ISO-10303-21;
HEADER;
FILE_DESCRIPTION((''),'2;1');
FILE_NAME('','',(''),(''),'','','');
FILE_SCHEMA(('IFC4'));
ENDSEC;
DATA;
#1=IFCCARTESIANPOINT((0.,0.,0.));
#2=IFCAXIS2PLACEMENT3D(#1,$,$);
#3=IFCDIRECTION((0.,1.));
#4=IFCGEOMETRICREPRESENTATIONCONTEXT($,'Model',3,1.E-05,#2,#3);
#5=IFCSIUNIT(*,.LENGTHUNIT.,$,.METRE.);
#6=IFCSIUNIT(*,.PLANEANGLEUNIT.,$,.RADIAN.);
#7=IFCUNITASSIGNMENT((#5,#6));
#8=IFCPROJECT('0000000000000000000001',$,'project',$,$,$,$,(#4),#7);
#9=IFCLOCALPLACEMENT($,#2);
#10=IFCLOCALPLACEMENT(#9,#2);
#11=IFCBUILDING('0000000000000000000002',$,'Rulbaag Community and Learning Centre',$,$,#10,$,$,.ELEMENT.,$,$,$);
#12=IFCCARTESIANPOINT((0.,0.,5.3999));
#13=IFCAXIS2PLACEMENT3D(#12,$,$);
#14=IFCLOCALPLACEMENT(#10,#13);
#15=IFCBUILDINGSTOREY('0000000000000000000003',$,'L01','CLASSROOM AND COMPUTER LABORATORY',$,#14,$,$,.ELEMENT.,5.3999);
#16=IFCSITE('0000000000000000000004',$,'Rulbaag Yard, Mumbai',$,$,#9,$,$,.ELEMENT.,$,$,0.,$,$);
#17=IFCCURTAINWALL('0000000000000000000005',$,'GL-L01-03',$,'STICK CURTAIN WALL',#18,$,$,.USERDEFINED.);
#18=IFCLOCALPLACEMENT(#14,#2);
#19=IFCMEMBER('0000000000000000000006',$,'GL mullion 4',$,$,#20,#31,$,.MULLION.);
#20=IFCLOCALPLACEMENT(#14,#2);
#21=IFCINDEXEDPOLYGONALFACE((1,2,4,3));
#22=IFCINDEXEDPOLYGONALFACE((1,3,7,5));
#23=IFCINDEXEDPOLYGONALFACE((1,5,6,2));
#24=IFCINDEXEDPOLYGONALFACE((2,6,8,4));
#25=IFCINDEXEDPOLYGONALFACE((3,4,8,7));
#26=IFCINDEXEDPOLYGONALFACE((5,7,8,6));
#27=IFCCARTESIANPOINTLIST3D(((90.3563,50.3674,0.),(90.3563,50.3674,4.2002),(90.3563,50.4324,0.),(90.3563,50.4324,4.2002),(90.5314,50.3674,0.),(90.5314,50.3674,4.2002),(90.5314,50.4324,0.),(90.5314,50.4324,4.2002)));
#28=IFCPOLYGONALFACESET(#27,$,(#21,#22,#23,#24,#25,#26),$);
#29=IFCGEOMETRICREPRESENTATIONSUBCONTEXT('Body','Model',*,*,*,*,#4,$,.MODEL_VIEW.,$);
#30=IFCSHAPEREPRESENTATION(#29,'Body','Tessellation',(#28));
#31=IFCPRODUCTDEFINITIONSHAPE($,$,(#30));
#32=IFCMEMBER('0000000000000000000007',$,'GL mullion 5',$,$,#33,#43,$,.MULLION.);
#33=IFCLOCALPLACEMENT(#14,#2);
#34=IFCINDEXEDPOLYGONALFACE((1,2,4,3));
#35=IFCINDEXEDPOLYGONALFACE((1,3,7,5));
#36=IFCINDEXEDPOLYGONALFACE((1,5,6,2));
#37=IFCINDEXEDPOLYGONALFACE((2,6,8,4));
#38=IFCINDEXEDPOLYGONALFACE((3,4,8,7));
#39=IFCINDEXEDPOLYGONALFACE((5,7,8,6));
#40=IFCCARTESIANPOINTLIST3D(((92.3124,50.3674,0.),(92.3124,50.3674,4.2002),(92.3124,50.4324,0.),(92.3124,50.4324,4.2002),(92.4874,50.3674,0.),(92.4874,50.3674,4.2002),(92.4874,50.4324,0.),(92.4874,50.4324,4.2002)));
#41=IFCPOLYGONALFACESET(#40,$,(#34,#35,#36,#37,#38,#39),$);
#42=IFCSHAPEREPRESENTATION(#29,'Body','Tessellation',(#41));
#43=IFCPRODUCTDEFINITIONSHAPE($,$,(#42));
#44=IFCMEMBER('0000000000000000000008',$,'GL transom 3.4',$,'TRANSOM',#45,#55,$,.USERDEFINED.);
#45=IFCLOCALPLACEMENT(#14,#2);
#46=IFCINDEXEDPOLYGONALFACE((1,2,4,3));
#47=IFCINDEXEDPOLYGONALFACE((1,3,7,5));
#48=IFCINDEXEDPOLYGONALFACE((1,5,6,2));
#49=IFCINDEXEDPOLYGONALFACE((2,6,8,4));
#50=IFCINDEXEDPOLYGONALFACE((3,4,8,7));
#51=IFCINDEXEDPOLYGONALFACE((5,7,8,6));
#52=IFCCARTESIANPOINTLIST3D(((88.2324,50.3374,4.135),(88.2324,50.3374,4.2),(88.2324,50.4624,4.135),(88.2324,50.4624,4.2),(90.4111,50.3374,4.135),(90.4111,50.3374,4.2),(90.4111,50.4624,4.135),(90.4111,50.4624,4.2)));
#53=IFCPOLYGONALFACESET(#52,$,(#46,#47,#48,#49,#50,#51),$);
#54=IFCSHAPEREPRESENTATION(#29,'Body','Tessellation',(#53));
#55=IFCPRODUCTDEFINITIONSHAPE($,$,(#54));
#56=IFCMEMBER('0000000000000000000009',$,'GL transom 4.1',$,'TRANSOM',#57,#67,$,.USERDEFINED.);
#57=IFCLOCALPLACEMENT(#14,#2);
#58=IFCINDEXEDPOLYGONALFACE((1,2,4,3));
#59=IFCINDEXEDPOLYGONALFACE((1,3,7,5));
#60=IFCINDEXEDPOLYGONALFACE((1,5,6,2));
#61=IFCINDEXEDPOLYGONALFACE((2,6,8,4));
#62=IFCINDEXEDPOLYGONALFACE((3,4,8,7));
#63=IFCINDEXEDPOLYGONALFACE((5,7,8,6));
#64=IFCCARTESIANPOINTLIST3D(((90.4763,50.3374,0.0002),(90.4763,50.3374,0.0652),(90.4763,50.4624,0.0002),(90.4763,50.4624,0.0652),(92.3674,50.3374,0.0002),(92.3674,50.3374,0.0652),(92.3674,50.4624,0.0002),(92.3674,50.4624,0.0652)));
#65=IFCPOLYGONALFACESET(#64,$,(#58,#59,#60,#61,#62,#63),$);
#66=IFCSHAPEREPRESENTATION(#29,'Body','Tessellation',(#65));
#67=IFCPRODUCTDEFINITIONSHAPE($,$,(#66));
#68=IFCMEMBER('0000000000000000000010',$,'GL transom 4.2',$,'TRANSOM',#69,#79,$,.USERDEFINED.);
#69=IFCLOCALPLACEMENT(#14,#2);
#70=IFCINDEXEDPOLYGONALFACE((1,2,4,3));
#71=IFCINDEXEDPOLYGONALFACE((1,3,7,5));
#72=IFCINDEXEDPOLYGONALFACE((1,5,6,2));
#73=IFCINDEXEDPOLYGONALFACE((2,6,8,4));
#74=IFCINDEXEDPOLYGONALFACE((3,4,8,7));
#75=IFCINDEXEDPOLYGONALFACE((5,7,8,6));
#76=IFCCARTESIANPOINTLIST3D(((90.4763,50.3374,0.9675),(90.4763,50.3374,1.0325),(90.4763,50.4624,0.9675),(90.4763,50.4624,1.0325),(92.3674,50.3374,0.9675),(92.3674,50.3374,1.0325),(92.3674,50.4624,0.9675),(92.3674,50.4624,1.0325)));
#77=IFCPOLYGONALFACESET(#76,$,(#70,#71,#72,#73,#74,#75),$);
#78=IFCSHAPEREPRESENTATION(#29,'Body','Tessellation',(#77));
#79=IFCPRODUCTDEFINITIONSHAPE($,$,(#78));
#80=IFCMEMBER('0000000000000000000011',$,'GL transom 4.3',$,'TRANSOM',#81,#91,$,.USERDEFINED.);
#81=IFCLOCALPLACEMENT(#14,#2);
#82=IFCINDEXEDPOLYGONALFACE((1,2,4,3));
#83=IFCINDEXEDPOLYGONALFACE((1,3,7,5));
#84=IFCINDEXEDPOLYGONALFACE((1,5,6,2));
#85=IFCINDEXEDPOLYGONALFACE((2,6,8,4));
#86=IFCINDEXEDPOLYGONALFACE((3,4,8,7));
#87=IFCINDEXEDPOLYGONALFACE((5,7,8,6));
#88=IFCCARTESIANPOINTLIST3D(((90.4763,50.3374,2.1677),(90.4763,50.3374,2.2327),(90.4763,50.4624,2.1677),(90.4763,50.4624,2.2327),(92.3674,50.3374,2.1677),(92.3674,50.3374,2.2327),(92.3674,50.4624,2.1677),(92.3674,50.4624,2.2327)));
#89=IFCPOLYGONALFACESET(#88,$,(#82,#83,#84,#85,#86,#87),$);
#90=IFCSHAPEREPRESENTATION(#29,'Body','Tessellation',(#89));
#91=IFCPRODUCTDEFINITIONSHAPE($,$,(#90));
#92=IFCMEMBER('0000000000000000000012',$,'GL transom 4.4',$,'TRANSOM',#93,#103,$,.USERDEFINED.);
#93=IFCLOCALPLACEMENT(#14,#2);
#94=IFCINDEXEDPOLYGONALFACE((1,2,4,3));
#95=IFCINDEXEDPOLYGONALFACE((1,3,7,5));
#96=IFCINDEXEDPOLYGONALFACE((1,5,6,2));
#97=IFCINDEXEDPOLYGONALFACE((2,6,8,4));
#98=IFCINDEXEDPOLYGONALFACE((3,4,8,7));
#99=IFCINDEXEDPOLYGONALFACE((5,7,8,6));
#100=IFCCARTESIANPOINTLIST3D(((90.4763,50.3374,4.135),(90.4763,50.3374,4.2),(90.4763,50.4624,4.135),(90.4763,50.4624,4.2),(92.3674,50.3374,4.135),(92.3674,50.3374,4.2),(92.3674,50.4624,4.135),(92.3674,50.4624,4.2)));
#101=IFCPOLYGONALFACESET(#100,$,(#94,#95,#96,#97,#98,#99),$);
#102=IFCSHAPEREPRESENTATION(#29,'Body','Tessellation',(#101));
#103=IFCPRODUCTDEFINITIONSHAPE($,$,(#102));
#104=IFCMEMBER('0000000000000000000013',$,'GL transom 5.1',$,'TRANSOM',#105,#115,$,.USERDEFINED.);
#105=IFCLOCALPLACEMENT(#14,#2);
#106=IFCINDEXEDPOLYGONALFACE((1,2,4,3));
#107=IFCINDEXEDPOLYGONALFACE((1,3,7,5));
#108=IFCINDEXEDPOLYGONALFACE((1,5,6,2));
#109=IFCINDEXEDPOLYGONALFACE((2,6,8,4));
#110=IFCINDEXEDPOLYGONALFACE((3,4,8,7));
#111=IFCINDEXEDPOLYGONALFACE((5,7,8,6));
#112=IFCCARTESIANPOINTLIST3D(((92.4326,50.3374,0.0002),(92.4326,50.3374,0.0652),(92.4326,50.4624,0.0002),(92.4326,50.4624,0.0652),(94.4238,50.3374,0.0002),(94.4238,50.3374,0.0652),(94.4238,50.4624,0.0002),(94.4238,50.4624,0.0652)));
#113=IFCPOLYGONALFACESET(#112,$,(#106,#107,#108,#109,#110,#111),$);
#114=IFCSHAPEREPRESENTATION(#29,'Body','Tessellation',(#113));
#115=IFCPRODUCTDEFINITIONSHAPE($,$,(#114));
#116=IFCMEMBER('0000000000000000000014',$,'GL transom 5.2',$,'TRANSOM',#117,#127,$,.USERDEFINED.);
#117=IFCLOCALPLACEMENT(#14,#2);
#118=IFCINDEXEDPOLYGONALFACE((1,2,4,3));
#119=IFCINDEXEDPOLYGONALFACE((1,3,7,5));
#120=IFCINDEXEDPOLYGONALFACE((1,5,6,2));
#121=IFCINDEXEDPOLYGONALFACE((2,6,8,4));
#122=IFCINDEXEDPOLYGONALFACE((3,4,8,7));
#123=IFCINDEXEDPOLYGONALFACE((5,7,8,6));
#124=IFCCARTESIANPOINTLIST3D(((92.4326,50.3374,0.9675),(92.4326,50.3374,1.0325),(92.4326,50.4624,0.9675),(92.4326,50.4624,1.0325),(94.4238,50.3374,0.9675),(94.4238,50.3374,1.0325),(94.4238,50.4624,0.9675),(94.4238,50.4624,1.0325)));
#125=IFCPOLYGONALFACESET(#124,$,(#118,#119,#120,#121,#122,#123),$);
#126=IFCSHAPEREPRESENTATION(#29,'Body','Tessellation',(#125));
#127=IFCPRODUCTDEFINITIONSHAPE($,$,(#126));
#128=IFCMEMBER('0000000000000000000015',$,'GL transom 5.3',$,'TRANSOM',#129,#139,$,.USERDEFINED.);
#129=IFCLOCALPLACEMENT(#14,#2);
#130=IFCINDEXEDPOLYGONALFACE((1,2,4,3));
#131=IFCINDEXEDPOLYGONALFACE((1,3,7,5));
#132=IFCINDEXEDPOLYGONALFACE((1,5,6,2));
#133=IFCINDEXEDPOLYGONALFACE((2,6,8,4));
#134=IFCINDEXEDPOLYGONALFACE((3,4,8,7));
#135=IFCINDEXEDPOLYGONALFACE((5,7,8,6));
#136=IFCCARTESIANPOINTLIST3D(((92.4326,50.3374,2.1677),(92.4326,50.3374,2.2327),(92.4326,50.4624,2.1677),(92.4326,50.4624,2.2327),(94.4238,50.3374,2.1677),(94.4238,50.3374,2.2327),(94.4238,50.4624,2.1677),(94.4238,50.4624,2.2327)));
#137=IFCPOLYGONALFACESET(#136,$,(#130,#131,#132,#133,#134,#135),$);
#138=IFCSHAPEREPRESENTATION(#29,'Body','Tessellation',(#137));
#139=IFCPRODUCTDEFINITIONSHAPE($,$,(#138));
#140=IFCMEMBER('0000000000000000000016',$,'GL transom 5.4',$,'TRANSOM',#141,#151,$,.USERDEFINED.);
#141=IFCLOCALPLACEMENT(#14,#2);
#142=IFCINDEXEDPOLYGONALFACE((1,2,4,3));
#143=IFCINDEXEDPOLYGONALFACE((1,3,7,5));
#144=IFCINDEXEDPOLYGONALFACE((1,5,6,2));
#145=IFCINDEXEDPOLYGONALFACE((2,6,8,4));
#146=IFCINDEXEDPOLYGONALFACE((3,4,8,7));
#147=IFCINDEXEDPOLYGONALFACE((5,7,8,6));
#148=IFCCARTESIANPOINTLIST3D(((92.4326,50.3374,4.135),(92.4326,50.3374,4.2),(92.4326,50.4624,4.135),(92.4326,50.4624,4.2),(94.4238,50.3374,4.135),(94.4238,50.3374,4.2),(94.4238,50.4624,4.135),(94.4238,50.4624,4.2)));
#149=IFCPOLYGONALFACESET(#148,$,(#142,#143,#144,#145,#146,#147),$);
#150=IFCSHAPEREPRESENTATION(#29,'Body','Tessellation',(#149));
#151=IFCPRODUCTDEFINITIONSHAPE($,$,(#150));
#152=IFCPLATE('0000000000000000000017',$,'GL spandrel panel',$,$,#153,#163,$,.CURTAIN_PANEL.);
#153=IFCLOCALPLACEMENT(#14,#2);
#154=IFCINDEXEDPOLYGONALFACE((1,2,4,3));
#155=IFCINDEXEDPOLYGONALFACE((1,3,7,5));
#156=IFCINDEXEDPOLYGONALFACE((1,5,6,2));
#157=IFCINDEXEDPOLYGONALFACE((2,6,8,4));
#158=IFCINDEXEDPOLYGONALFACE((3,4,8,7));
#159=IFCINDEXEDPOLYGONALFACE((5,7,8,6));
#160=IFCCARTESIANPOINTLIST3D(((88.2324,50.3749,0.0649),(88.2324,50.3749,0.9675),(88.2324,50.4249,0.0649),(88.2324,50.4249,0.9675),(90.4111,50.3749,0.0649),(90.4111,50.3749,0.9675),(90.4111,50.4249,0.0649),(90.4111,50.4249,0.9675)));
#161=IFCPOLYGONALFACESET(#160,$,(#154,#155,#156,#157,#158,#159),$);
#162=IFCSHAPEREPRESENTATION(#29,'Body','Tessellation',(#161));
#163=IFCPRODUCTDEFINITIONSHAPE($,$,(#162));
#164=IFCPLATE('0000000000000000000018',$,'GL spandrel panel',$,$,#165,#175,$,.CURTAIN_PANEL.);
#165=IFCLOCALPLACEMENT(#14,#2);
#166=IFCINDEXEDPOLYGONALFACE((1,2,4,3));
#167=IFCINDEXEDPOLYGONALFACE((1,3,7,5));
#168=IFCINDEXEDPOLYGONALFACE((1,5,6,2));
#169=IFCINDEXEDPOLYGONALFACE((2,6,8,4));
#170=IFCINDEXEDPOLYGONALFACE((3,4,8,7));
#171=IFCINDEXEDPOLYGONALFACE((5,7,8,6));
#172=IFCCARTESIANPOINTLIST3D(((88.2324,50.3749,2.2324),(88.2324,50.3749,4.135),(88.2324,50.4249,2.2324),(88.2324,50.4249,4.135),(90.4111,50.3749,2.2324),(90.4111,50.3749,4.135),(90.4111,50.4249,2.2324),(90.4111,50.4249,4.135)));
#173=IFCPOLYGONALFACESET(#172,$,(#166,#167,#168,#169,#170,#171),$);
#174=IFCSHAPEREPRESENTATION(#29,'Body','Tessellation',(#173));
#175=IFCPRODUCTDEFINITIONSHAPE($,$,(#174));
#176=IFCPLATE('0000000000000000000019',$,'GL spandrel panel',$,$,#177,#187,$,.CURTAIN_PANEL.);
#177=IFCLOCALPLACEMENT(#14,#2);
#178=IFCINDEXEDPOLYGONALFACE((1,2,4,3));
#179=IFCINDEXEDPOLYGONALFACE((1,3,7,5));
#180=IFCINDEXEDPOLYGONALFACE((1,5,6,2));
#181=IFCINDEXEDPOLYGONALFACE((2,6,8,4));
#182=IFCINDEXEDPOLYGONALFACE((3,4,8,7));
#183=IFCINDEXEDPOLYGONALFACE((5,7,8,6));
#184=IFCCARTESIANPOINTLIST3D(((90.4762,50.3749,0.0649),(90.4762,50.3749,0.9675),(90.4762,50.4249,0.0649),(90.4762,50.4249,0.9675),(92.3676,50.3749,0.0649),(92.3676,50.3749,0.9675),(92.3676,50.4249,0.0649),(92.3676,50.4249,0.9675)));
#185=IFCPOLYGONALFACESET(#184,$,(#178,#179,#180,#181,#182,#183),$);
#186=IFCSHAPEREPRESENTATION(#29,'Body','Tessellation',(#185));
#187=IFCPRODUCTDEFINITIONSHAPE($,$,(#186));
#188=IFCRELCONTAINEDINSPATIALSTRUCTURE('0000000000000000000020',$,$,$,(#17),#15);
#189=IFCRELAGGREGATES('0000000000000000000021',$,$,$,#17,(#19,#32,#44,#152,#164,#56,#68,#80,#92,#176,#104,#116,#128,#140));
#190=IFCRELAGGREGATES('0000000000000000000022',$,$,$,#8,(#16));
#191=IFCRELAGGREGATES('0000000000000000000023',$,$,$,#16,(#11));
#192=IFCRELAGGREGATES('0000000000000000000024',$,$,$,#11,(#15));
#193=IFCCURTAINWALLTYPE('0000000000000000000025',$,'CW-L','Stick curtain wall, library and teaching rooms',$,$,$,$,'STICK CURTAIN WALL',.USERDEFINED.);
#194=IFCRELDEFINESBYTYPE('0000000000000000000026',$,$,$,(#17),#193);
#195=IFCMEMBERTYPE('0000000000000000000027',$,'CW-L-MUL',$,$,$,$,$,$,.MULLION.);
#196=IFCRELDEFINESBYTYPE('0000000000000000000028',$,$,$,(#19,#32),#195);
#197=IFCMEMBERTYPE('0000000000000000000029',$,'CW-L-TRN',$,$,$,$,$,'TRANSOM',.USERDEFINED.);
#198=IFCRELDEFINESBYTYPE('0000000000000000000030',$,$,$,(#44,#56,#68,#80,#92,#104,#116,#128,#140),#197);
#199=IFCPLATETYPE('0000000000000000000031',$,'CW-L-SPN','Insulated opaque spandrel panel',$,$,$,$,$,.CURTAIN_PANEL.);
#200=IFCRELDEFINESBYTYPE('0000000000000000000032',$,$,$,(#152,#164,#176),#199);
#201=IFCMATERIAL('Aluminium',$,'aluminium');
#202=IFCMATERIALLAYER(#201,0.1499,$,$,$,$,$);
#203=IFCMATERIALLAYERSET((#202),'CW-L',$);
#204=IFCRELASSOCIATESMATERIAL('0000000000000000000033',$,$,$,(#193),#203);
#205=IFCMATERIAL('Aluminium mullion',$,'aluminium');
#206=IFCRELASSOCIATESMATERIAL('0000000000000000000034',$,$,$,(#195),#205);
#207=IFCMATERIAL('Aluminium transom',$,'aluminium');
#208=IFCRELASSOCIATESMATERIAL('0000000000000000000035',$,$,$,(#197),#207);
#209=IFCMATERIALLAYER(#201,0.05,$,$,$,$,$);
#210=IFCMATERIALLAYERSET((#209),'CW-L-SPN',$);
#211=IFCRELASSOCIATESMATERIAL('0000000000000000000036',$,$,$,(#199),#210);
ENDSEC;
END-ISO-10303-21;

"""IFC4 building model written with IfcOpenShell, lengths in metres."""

from ifc_helpers import new_model, si_unit, direction, frame, origin, origin_2d, place, context, subcontext, project, spatial, rectangle, extrude, material, layer, layer_set, material_profile, profile_set, type_object, element, aggregate, save


model = new_model("IFC4")

# Units and contexts
model_context = context("Model", 3, precision=1e-05, world=origin(), true_north=direction((0.0, 1.0)))
body_context = subcontext(model_context, "Body", "Model", "MODEL_VIEW")
ifc_project = project(units=[si_unit("LENGTHUNIT", "METRE"), si_unit("PLANEANGLEUNIT", "RADIAN")], contexts=[model_context])

# Site, building, storey
site_placement = place(None, origin())
site = spatial("IfcSite", under=ifc_project, at=site_placement, Name="Rulbaag Yard, Mumbai", CompositionType="ELEMENT", RefElevation=0.0)
building_placement = place(site_placement, origin())
building = spatial("IfcBuilding", under=site, at=building_placement, Name="Rulbaag Community and Learning Centre", CompositionType="ELEMENT")
storey_placement = place(building_placement, frame((0.0, 0.0, 5.3999)))
storey = spatial("IfcBuildingStorey", under=building, at=storey_placement, Name="L01", Description="CLASSROOM AND COMPUTER LABORATORY", CompositionType="ELEMENT", Elevation=5.3999)

# Curtain wall, members, plates
ifc_material_1 = material(Name="Aluminium", Category="aluminium")
ifc_layer_1 = layer(ifc_material_1, 0.1499)
ifc_layer_set_1 = layer_set([ifc_layer_1], Name="CW-L")
curtain_wall_type = type_object("IfcCurtainWallType", Name="CW-L", Description="Stick curtain wall, library and teaching rooms", ElementType="STICK CURTAIN WALL", PredefinedType="USERDEFINED", material=ifc_layer_set_1)
curtain_wall_placement = place(storey_placement, origin())
curtain_wall = element("IfcCurtainWall", 1, at=curtain_wall_placement, inside=storey, type_object=curtain_wall_type, Name="GL-L01-03", ObjectType="STICK CURTAIN WALL", PredefinedType="USERDEFINED")
ifc_material_2 = material(Name="Aluminium mullion", Category="aluminium")
ifc_material_profile_1 = material_profile(ifc_material_2, rectangle(XDim=0.0649, YDim=0.175, at=origin_2d()), Name="AL 65x175")
ifc_profile_set_1 = profile_set([ifc_material_profile_1], Name="Aluminium mullion")
member_type_1 = type_object("IfcMemberType", Name="CW-L-MUL", PredefinedType="MULLION", material=ifc_profile_set_1)
member_1_placement = place(storey_placement, frame((90.4438, 50.3999, 0.0), z_axis=(0.0, 0.0, 1.0), x_axis=(0.0, 1.0, 0.0)))
member_1 = element("IfcMember", 2, at=member_1_placement, type_object=member_type_1, Name="GL mullion 4", PredefinedType="MULLION", context=body_context, shape_type="SweptSolid", body=[
    extrude(rectangle(XDim=0.0649, YDim=0.175, at=origin_2d()), origin(), (0.0, 0.0, 1.0), 4.2002),
])
member_2_placement = place(storey_placement, frame((92.3999, 50.3999, 0.0), z_axis=(0.0, 0.0, 1.0), x_axis=(0.0, 1.0, 0.0)))
member_2 = element("IfcMember", 3, at=member_2_placement, type_object=member_type_1, Name="GL mullion 5", PredefinedType="MULLION", context=body_context, shape_type="SweptSolid", body=[
    extrude(rectangle(XDim=0.0649, YDim=0.175, at=origin_2d()), origin(), (0.0, 0.0, 1.0), 4.2002),
])
ifc_material_3 = material(Name="Aluminium transom", Category="aluminium")
ifc_material_profile_2 = material_profile(ifc_material_3, rectangle(XDim=0.125, YDim=0.0649, at=origin_2d()), Name="AL 65x125 T")
ifc_profile_set_2 = profile_set([ifc_material_profile_2], Name="Aluminium transom")
member_type_2 = type_object("IfcMemberType", Name="CW-L-TRN", ElementType="TRANSOM", PredefinedType="USERDEFINED", material=ifc_profile_set_2)
member_3_placement = place(storey_placement, frame((88.2324, 50.3999, 4.1675), z_axis=(1.0, 0.0, 0.0), x_axis=(0.0, 1.0, 0.0)))
member_3 = element("IfcMember", 4, at=member_3_placement, type_object=member_type_2, Name="GL transom 3.4", ObjectType="TRANSOM", PredefinedType="USERDEFINED", context=body_context, shape_type="SweptSolid", body=[
    extrude(rectangle(XDim=0.125, YDim=0.0649, at=origin_2d()), origin(), (0.0, 0.0, 1.0), 2.1787),
])
member_4_placement = place(storey_placement, frame((90.4763, 50.3999, 0.0327), z_axis=(1.0, 0.0, 0.0), x_axis=(0.0, 1.0, 0.0)))
member_4 = element("IfcMember", 5, at=member_4_placement, type_object=member_type_2, Name="GL transom 4.1", ObjectType="TRANSOM", PredefinedType="USERDEFINED", context=body_context, shape_type="SweptSolid", body=[
    extrude(rectangle(XDim=0.125, YDim=0.0649, at=origin_2d()), origin(), (0.0, 0.0, 1.0), 1.8911),
])
member_5_placement = place(storey_placement, frame((90.4763, 50.3999, 1.0), z_axis=(1.0, 0.0, 0.0), x_axis=(0.0, 1.0, 0.0)))
member_5 = element("IfcMember", 6, at=member_5_placement, type_object=member_type_2, Name="GL transom 4.2", ObjectType="TRANSOM", PredefinedType="USERDEFINED", context=body_context, shape_type="SweptSolid", body=[
    extrude(rectangle(XDim=0.125, YDim=0.0649, at=origin_2d()), origin(), (0.0, 0.0, 1.0), 1.8911),
])
member_6_placement = place(storey_placement, frame((90.4763, 50.3999, 2.2002), z_axis=(1.0, 0.0, 0.0), x_axis=(0.0, 1.0, 0.0)))
member_6 = element("IfcMember", 7, at=member_6_placement, type_object=member_type_2, Name="GL transom 4.3", ObjectType="TRANSOM", PredefinedType="USERDEFINED", context=body_context, shape_type="SweptSolid", body=[
    extrude(rectangle(XDim=0.125, YDim=0.0649, at=origin_2d()), origin(), (0.0, 0.0, 1.0), 1.8911),
])
member_7_placement = place(storey_placement, frame((90.4763, 50.3999, 4.1675), z_axis=(1.0, 0.0, 0.0), x_axis=(0.0, 1.0, 0.0)))
member_7 = element("IfcMember", 8, at=member_7_placement, type_object=member_type_2, Name="GL transom 4.4", ObjectType="TRANSOM", PredefinedType="USERDEFINED", context=body_context, shape_type="SweptSolid", body=[
    extrude(rectangle(XDim=0.125, YDim=0.0649, at=origin_2d()), origin(), (0.0, 0.0, 1.0), 1.8911),
])
member_8_placement = place(storey_placement, frame((92.4326, 50.3999, 0.0327), z_axis=(1.0, 0.0, 0.0), x_axis=(0.0, 1.0, 0.0)))
member_8 = element("IfcMember", 9, at=member_8_placement, type_object=member_type_2, Name="GL transom 5.1", ObjectType="TRANSOM", PredefinedType="USERDEFINED", context=body_context, shape_type="SweptSolid", body=[
    extrude(rectangle(XDim=0.125, YDim=0.0649, at=origin_2d()), origin(), (0.0, 0.0, 1.0), 1.9912),
])
member_9_placement = place(storey_placement, frame((92.4326, 50.3999, 1.0), z_axis=(1.0, 0.0, 0.0), x_axis=(0.0, 1.0, 0.0)))
member_9 = element("IfcMember", 10, at=member_9_placement, type_object=member_type_2, Name="GL transom 5.2", ObjectType="TRANSOM", PredefinedType="USERDEFINED", context=body_context, shape_type="SweptSolid", body=[
    extrude(rectangle(XDim=0.125, YDim=0.0649, at=origin_2d()), origin(), (0.0, 0.0, 1.0), 1.9912),
])
member_10_placement = place(storey_placement, frame((92.4326, 50.3999, 2.2002), z_axis=(1.0, 0.0, 0.0), x_axis=(0.0, 1.0, 0.0)))
member_10 = element("IfcMember", 11, at=member_10_placement, type_object=member_type_2, Name="GL transom 5.3", ObjectType="TRANSOM", PredefinedType="USERDEFINED", context=body_context, shape_type="SweptSolid", body=[
    extrude(rectangle(XDim=0.125, YDim=0.0649, at=origin_2d()), origin(), (0.0, 0.0, 1.0), 1.9912),
])
member_11_placement = place(storey_placement, frame((92.4326, 50.3999, 4.1675), z_axis=(1.0, 0.0, 0.0), x_axis=(0.0, 1.0, 0.0)))
member_11 = element("IfcMember", 12, at=member_11_placement, type_object=member_type_2, Name="GL transom 5.4", ObjectType="TRANSOM", PredefinedType="USERDEFINED", context=body_context, shape_type="SweptSolid", body=[
    extrude(rectangle(XDim=0.125, YDim=0.0649, at=origin_2d()), origin(), (0.0, 0.0, 1.0), 1.9912),
])
ifc_layer_2 = layer(ifc_material_1, 0.05)
ifc_layer_set_2 = layer_set([ifc_layer_2], Name="CW-L-SPN")
plate_type_1 = type_object("IfcPlateType", Name="CW-L-SPN", Description="Insulated opaque spandrel panel", PredefinedType="CURTAIN_PANEL", material=ifc_layer_set_2)
plate_1_placement = place(storey_placement, frame((89.3218, 50.3999, 0.0649), z_axis=(0.0, 0.0, 1.0), x_axis=(1.0, 0.0, 0.0)))
plate_1 = element("IfcPlate", 13, at=plate_1_placement, type_object=plate_type_1, Name="GL spandrel panel", PredefinedType="CURTAIN_PANEL", context=body_context, shape_type="SweptSolid", body=[
    extrude(rectangle(XDim=2.1787, YDim=0.05, at=origin_2d()), origin(), (0.0, 0.0, 1.0), 0.9026),
])
plate_2_placement = place(storey_placement, frame((89.3218, 50.3999, 2.2324), z_axis=(0.0, 0.0, 1.0), x_axis=(1.0, 0.0, 0.0)))
plate_2 = element("IfcPlate", 14, at=plate_2_placement, type_object=plate_type_1, Name="GL spandrel panel", PredefinedType="CURTAIN_PANEL", context=body_context, shape_type="SweptSolid", body=[
    extrude(rectangle(XDim=2.1787, YDim=0.05, at=origin_2d()), origin(), (0.0, 0.0, 1.0), 1.9026),
])
plate_3_placement = place(storey_placement, frame((91.4219, 50.3999, 0.0649), z_axis=(0.0, 0.0, 1.0), x_axis=(1.0, 0.0, 0.0)))
plate_3 = element("IfcPlate", 15, at=plate_3_placement, type_object=plate_type_1, Name="GL spandrel panel", PredefinedType="CURTAIN_PANEL", context=body_context, shape_type="SweptSolid", body=[
    extrude(rectangle(XDim=1.8914, YDim=0.05, at=origin_2d()), origin(), (0.0, 0.0, 1.0), 0.9026),
])
aggregate(curtain_wall, [member_1, member_2, member_3, plate_1, plate_2, member_4, member_5, member_6, member_7, plate_3, member_8, member_9, member_10, member_11])

save(model, "model.ifc")
